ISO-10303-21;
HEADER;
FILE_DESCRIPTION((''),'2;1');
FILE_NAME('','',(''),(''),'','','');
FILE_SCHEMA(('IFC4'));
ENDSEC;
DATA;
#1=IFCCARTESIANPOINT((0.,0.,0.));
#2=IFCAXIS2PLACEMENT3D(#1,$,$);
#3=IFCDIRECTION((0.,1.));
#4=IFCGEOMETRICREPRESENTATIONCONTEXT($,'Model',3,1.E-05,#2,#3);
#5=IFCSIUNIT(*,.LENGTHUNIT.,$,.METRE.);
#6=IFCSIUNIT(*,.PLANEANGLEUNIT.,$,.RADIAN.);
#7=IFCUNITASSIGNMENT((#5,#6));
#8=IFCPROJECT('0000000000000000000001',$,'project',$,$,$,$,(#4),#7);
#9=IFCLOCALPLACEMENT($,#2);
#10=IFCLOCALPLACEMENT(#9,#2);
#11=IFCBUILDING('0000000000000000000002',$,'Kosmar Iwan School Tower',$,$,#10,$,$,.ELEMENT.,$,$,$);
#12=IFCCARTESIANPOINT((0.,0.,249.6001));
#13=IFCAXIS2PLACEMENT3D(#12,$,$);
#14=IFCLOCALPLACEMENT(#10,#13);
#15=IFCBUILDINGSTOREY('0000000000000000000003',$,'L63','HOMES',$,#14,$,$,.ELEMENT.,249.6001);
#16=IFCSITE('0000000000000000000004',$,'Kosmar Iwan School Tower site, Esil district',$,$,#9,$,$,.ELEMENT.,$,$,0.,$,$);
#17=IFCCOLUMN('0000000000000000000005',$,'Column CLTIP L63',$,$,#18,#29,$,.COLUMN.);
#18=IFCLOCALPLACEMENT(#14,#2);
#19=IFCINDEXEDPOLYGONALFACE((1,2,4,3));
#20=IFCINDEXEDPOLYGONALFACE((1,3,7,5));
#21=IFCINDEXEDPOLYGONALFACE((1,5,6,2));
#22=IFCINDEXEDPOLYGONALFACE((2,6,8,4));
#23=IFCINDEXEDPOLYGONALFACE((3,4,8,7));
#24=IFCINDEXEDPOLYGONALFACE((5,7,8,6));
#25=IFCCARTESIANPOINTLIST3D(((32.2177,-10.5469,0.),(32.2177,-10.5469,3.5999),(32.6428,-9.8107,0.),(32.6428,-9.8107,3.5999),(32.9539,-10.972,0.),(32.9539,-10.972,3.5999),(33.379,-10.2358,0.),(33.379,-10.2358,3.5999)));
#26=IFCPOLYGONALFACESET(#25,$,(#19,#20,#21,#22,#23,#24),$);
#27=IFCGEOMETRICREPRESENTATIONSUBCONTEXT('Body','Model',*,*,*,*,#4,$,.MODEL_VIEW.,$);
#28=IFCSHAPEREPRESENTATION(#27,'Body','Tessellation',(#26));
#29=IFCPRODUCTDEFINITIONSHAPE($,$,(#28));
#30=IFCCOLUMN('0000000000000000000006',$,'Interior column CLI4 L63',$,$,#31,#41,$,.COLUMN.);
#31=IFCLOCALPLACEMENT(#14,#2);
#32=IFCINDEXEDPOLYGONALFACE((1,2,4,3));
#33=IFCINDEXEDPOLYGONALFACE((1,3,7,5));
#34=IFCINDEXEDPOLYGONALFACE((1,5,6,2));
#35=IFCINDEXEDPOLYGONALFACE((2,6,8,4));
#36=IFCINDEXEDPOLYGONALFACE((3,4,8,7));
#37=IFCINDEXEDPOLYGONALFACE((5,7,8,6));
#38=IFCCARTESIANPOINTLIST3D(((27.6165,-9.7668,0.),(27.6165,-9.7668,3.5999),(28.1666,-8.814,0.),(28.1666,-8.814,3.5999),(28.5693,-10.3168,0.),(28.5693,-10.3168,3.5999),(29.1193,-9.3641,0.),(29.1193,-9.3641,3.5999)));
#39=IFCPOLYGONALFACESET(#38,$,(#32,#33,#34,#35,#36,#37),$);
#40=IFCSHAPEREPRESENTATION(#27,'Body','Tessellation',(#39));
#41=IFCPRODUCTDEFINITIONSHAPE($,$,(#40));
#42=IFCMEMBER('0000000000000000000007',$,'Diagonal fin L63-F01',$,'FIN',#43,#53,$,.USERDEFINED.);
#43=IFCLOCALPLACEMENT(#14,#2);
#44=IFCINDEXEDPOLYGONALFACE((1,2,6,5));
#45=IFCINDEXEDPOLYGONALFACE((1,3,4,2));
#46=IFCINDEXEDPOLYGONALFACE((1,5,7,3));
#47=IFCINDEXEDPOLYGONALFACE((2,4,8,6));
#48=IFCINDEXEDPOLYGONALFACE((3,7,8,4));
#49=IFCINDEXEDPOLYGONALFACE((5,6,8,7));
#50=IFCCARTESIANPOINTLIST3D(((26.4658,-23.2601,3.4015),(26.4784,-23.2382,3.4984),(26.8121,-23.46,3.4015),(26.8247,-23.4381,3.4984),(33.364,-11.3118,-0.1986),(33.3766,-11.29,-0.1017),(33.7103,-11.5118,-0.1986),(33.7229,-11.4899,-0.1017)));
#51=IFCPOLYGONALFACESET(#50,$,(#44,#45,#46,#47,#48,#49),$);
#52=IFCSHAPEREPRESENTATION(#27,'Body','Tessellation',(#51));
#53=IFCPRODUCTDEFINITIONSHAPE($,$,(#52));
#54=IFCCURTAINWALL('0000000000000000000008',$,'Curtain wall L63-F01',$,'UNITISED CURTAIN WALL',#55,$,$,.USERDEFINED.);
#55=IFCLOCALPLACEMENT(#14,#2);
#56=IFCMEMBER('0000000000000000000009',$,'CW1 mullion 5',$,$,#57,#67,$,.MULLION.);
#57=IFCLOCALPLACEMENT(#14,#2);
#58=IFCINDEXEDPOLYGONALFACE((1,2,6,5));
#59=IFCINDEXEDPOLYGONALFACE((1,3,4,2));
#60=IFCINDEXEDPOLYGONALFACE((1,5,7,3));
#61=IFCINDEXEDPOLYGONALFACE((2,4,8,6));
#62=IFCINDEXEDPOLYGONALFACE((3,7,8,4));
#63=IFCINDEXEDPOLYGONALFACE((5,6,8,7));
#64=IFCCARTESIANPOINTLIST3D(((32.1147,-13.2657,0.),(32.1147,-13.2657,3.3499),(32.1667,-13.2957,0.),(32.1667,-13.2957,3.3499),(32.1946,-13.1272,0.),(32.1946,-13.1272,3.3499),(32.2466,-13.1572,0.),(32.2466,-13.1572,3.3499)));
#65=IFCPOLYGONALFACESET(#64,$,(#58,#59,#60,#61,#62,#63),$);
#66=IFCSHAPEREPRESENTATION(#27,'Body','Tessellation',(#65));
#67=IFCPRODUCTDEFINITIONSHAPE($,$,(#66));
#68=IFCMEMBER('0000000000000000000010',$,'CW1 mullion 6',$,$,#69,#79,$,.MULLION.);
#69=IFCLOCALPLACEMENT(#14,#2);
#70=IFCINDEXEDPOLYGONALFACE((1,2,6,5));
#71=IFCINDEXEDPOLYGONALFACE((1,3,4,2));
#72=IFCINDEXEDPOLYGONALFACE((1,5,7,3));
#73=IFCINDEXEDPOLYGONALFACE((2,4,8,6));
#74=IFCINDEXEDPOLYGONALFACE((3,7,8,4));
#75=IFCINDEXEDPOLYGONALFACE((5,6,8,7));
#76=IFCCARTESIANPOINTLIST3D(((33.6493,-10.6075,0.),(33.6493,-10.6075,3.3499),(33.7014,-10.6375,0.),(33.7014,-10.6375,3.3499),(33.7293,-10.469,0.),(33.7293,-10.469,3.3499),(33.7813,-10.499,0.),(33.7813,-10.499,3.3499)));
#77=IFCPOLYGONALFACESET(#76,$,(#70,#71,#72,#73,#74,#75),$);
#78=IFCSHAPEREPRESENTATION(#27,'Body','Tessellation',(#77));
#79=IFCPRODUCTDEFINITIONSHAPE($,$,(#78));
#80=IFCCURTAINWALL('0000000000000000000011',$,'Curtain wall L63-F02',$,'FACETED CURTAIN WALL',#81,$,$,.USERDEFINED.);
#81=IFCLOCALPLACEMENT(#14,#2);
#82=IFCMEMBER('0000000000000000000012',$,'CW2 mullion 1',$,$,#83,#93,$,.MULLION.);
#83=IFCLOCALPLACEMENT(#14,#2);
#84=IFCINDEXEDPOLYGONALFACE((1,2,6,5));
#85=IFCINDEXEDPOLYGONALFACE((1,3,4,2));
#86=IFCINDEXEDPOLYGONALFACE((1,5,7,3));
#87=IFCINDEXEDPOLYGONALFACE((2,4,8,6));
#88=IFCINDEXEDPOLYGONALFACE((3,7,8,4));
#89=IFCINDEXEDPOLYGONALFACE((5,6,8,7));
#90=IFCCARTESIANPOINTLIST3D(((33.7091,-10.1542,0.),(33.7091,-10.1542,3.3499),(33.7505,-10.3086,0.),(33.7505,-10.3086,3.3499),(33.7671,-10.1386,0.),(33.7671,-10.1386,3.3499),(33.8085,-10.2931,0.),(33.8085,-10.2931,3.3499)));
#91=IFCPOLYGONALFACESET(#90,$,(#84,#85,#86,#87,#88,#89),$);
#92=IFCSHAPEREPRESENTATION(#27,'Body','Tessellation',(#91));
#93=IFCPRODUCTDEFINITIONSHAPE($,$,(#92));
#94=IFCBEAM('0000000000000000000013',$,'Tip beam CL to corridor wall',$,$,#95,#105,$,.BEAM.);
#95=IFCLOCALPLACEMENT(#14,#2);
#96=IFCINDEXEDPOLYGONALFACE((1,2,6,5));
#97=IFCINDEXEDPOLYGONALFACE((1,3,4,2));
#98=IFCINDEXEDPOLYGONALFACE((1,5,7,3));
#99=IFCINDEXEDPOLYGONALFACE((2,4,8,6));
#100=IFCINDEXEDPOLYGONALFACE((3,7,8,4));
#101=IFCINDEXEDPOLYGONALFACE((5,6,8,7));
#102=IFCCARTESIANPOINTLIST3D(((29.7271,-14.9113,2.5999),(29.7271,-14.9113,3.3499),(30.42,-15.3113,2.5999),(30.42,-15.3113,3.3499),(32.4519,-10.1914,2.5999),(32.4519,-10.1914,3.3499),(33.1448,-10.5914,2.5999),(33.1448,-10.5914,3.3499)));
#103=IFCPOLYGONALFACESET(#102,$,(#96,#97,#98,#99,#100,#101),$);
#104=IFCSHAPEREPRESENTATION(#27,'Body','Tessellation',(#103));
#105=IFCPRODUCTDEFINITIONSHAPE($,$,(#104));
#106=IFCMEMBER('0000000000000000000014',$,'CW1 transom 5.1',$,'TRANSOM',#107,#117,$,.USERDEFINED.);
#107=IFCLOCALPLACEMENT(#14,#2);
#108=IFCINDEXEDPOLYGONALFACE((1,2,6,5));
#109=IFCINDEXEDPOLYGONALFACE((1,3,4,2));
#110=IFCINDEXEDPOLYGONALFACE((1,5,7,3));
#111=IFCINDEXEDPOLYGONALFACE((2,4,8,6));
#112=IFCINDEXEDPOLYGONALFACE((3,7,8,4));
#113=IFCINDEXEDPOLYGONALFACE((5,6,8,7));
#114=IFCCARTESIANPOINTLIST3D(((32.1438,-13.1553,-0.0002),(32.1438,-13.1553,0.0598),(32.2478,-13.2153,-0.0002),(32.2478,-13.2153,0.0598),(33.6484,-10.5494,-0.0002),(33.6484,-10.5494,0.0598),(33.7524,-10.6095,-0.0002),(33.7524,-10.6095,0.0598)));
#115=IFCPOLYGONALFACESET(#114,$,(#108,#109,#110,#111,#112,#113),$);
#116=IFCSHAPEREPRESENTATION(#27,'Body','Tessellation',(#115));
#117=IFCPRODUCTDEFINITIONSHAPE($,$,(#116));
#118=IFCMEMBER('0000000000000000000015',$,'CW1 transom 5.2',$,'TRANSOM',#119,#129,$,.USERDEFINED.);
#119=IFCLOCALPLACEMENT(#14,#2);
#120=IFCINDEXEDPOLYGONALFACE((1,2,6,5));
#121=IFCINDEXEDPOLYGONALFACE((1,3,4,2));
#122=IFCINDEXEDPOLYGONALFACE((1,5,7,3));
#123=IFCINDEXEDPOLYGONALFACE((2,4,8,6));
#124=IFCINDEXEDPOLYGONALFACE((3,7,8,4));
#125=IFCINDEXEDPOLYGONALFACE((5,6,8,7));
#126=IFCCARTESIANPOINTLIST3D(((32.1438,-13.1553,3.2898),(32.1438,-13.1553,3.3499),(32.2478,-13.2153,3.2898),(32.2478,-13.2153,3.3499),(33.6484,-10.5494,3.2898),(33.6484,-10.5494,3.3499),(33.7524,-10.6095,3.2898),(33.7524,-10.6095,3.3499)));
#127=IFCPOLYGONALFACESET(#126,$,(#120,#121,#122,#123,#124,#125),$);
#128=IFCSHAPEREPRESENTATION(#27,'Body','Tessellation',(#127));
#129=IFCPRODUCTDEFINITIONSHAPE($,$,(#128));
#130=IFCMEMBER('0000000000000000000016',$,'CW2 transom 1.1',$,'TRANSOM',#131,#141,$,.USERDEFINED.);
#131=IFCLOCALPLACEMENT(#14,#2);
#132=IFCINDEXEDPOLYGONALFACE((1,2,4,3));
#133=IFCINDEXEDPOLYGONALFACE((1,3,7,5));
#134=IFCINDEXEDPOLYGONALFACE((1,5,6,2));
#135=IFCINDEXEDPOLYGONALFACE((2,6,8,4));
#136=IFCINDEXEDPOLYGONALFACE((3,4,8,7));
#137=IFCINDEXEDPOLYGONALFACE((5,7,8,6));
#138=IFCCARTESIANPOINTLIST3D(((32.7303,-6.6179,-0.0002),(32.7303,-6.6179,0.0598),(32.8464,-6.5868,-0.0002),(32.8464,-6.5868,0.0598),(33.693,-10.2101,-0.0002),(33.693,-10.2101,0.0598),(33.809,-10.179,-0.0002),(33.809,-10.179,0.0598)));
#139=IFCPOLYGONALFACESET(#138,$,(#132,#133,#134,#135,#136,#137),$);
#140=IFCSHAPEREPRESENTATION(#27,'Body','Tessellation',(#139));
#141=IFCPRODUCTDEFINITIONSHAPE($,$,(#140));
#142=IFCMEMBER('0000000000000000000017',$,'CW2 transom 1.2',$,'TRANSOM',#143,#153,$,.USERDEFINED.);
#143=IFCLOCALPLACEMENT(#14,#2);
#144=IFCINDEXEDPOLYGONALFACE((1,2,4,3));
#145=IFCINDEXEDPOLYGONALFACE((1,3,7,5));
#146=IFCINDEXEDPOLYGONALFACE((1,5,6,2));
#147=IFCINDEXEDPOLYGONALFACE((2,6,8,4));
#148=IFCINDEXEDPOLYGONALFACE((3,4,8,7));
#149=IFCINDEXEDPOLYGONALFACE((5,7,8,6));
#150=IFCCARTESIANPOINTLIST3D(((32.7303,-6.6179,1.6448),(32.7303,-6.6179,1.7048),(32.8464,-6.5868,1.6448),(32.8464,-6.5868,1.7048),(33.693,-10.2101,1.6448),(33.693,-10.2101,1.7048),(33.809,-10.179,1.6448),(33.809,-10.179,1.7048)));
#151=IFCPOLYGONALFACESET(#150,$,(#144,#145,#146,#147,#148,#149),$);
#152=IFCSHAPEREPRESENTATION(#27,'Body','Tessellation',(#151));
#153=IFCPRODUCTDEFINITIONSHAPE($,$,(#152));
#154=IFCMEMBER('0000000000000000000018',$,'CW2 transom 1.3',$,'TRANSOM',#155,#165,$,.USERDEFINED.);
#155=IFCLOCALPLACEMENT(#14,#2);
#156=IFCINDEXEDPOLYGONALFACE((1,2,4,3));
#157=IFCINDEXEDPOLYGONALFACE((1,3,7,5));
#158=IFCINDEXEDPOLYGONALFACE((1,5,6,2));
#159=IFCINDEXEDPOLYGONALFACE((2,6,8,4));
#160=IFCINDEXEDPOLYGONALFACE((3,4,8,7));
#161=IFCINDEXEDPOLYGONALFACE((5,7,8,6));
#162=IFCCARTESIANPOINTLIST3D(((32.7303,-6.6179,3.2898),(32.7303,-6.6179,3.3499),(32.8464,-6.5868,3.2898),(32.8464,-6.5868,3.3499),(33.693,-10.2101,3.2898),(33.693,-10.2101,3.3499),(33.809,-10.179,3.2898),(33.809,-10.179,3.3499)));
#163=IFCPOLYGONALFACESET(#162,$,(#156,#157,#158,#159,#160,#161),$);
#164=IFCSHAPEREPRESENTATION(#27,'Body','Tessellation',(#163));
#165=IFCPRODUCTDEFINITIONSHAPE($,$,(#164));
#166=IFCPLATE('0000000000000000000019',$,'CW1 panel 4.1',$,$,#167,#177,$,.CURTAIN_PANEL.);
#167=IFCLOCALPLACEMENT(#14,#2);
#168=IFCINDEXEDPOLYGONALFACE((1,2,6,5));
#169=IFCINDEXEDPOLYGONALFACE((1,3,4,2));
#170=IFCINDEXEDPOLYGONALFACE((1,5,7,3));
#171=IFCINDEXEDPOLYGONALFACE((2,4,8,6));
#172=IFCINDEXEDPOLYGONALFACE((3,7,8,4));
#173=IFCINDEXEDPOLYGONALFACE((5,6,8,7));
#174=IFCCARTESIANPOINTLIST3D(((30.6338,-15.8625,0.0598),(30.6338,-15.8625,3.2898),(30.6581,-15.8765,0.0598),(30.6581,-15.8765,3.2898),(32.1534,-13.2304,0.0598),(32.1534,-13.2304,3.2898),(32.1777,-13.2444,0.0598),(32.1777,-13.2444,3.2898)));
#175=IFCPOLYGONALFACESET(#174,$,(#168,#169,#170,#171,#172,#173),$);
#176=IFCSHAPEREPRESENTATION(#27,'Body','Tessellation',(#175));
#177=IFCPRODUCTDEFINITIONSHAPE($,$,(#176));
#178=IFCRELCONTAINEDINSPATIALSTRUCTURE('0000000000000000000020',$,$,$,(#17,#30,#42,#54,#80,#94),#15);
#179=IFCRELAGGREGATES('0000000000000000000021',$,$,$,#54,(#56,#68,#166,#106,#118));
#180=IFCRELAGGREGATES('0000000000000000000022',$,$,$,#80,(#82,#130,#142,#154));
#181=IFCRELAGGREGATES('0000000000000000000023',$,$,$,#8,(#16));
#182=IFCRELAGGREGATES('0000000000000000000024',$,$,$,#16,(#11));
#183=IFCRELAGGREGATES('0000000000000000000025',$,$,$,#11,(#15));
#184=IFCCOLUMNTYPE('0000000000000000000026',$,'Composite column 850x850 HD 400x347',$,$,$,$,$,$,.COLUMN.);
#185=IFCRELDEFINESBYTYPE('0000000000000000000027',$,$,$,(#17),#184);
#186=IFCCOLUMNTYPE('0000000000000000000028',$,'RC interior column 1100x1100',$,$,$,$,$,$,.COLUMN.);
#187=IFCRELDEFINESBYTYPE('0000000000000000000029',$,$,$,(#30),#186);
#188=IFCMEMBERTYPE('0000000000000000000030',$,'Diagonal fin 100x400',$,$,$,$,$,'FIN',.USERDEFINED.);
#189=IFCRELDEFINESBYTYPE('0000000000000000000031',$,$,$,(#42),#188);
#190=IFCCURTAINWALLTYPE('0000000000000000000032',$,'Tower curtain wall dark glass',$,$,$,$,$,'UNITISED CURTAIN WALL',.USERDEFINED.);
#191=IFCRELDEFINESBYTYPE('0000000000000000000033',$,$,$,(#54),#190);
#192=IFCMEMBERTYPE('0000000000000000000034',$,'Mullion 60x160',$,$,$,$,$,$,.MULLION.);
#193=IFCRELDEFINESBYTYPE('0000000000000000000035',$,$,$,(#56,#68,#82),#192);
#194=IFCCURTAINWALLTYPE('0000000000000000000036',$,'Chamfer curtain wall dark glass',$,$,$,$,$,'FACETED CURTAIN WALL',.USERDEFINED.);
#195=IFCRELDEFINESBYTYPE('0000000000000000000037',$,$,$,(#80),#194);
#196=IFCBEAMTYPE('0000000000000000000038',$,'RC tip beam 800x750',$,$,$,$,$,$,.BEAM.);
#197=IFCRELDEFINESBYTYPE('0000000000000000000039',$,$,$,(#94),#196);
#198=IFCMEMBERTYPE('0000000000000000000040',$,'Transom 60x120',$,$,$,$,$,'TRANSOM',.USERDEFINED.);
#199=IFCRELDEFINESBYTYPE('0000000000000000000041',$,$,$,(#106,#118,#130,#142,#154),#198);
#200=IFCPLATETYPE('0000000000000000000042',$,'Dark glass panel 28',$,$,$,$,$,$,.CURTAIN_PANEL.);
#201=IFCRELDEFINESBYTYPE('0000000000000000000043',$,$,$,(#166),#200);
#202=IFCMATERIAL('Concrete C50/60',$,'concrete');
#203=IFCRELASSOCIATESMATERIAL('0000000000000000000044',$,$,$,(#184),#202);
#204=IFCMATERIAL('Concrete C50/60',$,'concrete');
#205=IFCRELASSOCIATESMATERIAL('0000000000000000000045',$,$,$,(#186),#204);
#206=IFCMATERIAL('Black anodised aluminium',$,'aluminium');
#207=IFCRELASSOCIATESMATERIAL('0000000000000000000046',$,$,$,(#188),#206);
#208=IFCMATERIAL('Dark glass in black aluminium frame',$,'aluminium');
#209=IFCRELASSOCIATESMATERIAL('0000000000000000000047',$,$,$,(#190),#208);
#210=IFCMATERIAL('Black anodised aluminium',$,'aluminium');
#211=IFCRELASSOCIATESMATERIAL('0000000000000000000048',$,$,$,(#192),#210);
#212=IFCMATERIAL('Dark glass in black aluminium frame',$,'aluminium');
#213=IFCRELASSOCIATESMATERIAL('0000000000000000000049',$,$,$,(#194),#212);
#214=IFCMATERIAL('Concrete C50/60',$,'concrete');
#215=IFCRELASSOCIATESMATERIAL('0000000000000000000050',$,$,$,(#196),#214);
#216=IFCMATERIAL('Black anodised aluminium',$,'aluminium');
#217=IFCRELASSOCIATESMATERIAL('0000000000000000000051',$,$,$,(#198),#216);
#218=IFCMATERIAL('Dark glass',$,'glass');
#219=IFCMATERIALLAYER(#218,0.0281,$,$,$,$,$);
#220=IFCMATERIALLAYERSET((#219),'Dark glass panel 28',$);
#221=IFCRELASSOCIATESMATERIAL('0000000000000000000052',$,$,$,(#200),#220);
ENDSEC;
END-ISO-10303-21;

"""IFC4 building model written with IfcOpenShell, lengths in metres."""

from ifc_helpers import new_model, si_unit, direction, frame, origin, origin_2d, place, context, subcontext, project, spatial, rectangle, extrude, material, layer, layer_set, material_profile, profile_set, type_object, element, aggregate, save


model = new_model("IFC4")

# Units and contexts
model_context = context("Model", 3, precision=1e-05, world=origin(), true_north=direction((0.0, 1.0)))
body_context = subcontext(model_context, "Body", "Model", "MODEL_VIEW")
ifc_project = project(units=[si_unit("LENGTHUNIT", "METRE"), si_unit("PLANEANGLEUNIT", "RADIAN")], contexts=[model_context])

# Site, building, storey
site_placement = place(None, origin())
site = spatial("IfcSite", under=ifc_project, at=site_placement, Name="Kosmar Iwan School Tower site, Esil district", CompositionType="ELEMENT", RefElevation=0.0)
building_placement = place(site_placement, origin())
building = spatial("IfcBuilding", under=site, at=building_placement, Name="Kosmar Iwan School Tower", CompositionType="ELEMENT")
storey_placement = place(building_placement, frame((0.0, 0.0, 249.6001)))
storey = spatial("IfcBuildingStorey", under=building, at=storey_placement, Name="L63", Description="HOMES", CompositionType="ELEMENT", Elevation=249.6001)

# Columns
ifc_material_1 = material(Name="Concrete C50/60", Category="concrete")
ifc_material_profile_1 = material_profile(ifc_material_1, rectangle(XDim=0.8501, YDim=0.8501, at=origin_2d()), Name="RC 850x850 + HD 400x347")
ifc_profile_set_1 = profile_set([ifc_material_profile_1], Name="Concrete C50/60")
column_type_1 = type_object("IfcColumnType", Name="Composite column 850x850 HD 400x347", PredefinedType="COLUMN", material=ifc_profile_set_1)
column_1_placement = place(storey_placement, frame((32.7983, -10.3914, 0.0), z_axis=(0.0, 0.0, 1.0), x_axis=(0.866025, -0.5, 0.0)))
element("IfcColumn", 1, at=column_1_placement, inside=storey, type_object=column_type_1, Name="Column CLTIP L63", PredefinedType="COLUMN", context=body_context, shape_type="SweptSolid", body=[
    extrude(rectangle(XDim=0.8501, YDim=0.8501, at=origin_2d()), origin(), (0.0, 0.0, 1.0), 3.5999),
])
ifc_material_2 = material(Name="Concrete C50/60", Category="concrete")
ifc_material_profile_2 = material_profile(ifc_material_2, rectangle(XDim=1.1001, YDim=1.1001, at=origin_2d()), Name="RC 1100x1100")
ifc_profile_set_2 = profile_set([ifc_material_profile_2], Name="Concrete C50/60")
column_type_2 = type_object("IfcColumnType", Name="RC interior column 1100x1100", PredefinedType="COLUMN", material=ifc_profile_set_2)
column_2_placement = place(storey_placement, frame((28.3679, -9.5654, 0.0), z_axis=(0.0, 0.0, 1.0), x_axis=(0.866025, -0.5, 0.0)))
element("IfcColumn", 2, at=column_2_placement, inside=storey, type_object=column_type_2, Name="Interior column CLI4 L63", PredefinedType="COLUMN", context=body_context, shape_type="SweptSolid", body=[
    extrude(rectangle(XDim=1.1001, YDim=1.1001, at=origin_2d()), origin(), (0.0, 0.0, 1.0), 3.5999),
])

# Member
ifc_material_3 = material(Name="Black anodised aluminium", Category="aluminium")
ifc_material_profile_3 = material_profile(ifc_material_3, rectangle(XDim=0.1001, YDim=0.3999, at=origin_2d()), Name="FIN 100x400")
ifc_profile_set_3 = profile_set([ifc_material_profile_3], Name="Black anodised aluminium")
member_type_1 = type_object("IfcMemberType", Name="Diagonal fin 100x400", ElementType="FIN", PredefinedType="USERDEFINED", material=ifc_profile_set_3)
member_1_placement = place(storey_placement, frame((33.5435, -11.4009, -0.1501), z_axis=(-0.483793, -0.83797, 0.252487), x_axis=(0.126242, 0.218661, 0.9676)))
element("IfcMember", 3, at=member_1_placement, inside=storey, type_object=member_type_1, Name="Diagonal fin L63-F01", ObjectType="FIN", PredefinedType="USERDEFINED", context=body_context, shape_type="SweptSolid", body=[
    extrude(rectangle(XDim=0.1001, YDim=0.3999, at=origin_2d()), origin(), (0.0, 0.0, 1.0), 14.2585),
])

# Curtain wall, members
ifc_material_4 = material(Name="Dark glass in black aluminium frame", Category="aluminium")
curtain_wall_type_1 = type_object("IfcCurtainWallType", Name="Tower curtain wall dark glass", ElementType="UNITISED CURTAIN WALL", PredefinedType="USERDEFINED", material=ifc_material_4)
curtain_wall_1_placement = place(storey_placement, origin())
curtain_wall_1 = element("IfcCurtainWall", 4, at=curtain_wall_1_placement, inside=storey, type_object=curtain_wall_type_1, Name="Curtain wall L63-F01", ObjectType="UNITISED CURTAIN WALL", PredefinedType="USERDEFINED")
ifc_material_5 = material(Name="Black anodised aluminium", Category="aluminium")
ifc_material_profile_4 = material_profile(ifc_material_5, rectangle(XDim=0.0601, YDim=0.1599, at=origin_2d()), Name="MULLION 60x160")
ifc_profile_set_4 = profile_set([ifc_material_profile_4], Name="Black anodised aluminium")
member_type_2 = type_object("IfcMemberType", Name="Mullion 60x160", PredefinedType="MULLION", material=ifc_profile_set_4)
member_2_placement = place(storey_placement, frame((32.1807, -13.2114, 0.0), z_axis=(0.0, 0.0, 1.0), x_axis=(-0.866025, 0.5, 0.0)))
member_2 = element("IfcMember", 5, at=member_2_placement, type_object=member_type_2, Name="CW1 mullion 5", PredefinedType="MULLION", context=body_context, shape_type="SweptSolid", body=[
    extrude(rectangle(XDim=0.0601, YDim=0.1599, at=origin_2d()), origin(), (0.0, 0.0, 1.0), 3.3499),
])
member_3_placement = place(storey_placement, frame((33.7153, -10.5532, 0.0), z_axis=(0.0, 0.0, 1.0), x_axis=(-0.866025, 0.5, 0.0)))
member_3 = element("IfcMember", 6, at=member_3_placement, type_object=member_type_2, Name="CW1 mullion 6", PredefinedType="MULLION", context=body_context, shape_type="SweptSolid", body=[
    extrude(rectangle(XDim=0.0601, YDim=0.1599, at=origin_2d()), origin(), (0.0, 0.0, 1.0), 3.3499),
])

# Curtain wall, member
ifc_material_6 = material(Name="Dark glass in black aluminium frame", Category="aluminium")
curtain_wall_type_2 = type_object("IfcCurtainWallType", Name="Chamfer curtain wall dark glass", ElementType="FACETED CURTAIN WALL", PredefinedType="USERDEFINED", material=ifc_material_6)
curtain_wall_2_placement = place(storey_placement, origin())
curtain_wall_2 = element("IfcCurtainWall", 7, at=curtain_wall_2_placement, inside=storey, type_object=curtain_wall_type_2, Name="Curtain wall L63-F02", ObjectType="FACETED CURTAIN WALL", PredefinedType="USERDEFINED")
member_4_placement = place(storey_placement, frame((33.7588, -10.2236, 0.0), z_axis=(0.0, 0.0, 1.0), x_axis=(-0.965926, -0.258819, 0.0)))
member_4 = element("IfcMember", 8, at=member_4_placement, type_object=member_type_2, Name="CW2 mullion 1", PredefinedType="MULLION", context=body_context, shape_type="SweptSolid", body=[
    extrude(rectangle(XDim=0.0601, YDim=0.1599, at=origin_2d()), origin(), (0.0, 0.0, 1.0), 3.3499),
])

# Beam
ifc_material_7 = material(Name="Concrete C50/60", Category="concrete")
ifc_material_profile_5 = material_profile(ifc_material_7, rectangle(XDim=0.8, YDim=0.75, at=origin_2d()), Name="RC 800x750")
ifc_profile_set_5 = profile_set([ifc_material_profile_5], Name="Concrete C50/60")
beam_type = type_object("IfcBeamType", Name="RC tip beam 800x750", PredefinedType="BEAM", material=ifc_profile_set_5)
beam_placement = place(storey_placement, frame((32.7983, -10.3914, 2.9749), z_axis=(-0.499969, -0.866043, 0.0), x_axis=(0.866043, -0.499969, 0.0)))
element("IfcBeam", 9, at=beam_placement, inside=storey, type_object=beam_type, Name="Tip beam CL to corridor wall", PredefinedType="BEAM", context=body_context, shape_type="SweptSolid", body=[
    extrude(rectangle(XDim=0.8, YDim=0.75, at=origin_2d()), origin(), (0.0, 0.0, 1.0), 5.45),
])

# Members
ifc_material_8 = material(Name="Black anodised aluminium", Category="aluminium")
ifc_material_profile_6 = material_profile(ifc_material_8, rectangle(XDim=0.1201, YDim=0.0601, at=origin_2d()), Name="TRANSOM 60x120")
ifc_profile_set_6 = profile_set([ifc_material_profile_6], Name="Black anodised aluminium")
member_type_3 = type_object("IfcMemberType", Name="Transom 60x120", ElementType="TRANSOM", PredefinedType="USERDEFINED", material=ifc_profile_set_6)
member_5_placement = place(storey_placement, frame((32.1958, -13.1853, 0.0298), z_axis=(0.500022, 0.866013, 0.0), x_axis=(-0.866013, 0.500022, 0.0)))
member_5 = element("IfcMember", 10, at=member_5_placement, type_object=member_type_3, Name="CW1 transom 5.1", ObjectType="TRANSOM", PredefinedType="USERDEFINED", context=body_context, shape_type="SweptSolid", body=[
    extrude(rectangle(XDim=0.1201, YDim=0.0601, at=origin_2d()), origin(), (0.0, 0.0, 1.0), 3.009),
])
member_6_placement = place(storey_placement, frame((32.1958, -13.1853, 3.3198), z_axis=(0.500022, 0.866013, 0.0), x_axis=(-0.866013, 0.500022, 0.0)))
member_6 = element("IfcMember", 11, at=member_6_placement, type_object=member_type_3, Name="CW1 transom 5.2", ObjectType="TRANSOM", PredefinedType="USERDEFINED", context=body_context, shape_type="SweptSolid", body=[
    extrude(rectangle(XDim=0.1201, YDim=0.0601, at=origin_2d()), origin(), (0.0, 0.0, 1.0), 3.009),
])
member_7_placement = place(storey_placement, frame((33.751, -10.1946, 0.0298), z_axis=(-0.258843, 0.965919, 0.0), x_axis=(-0.965919, -0.258843, 0.0)))
member_7 = element("IfcMember", 12, at=member_7_placement, type_object=member_type_3, Name="CW2 transom 1.1", ObjectType="TRANSOM", PredefinedType="USERDEFINED", context=body_context, shape_type="SweptSolid", body=[
    extrude(rectangle(XDim=0.1201, YDim=0.0601, at=origin_2d()), origin(), (0.0, 0.0, 1.0), 3.719),
])
member_8_placement = place(storey_placement, frame((33.751, -10.1946, 1.6748), z_axis=(-0.258843, 0.965919, 0.0), x_axis=(-0.965919, -0.258843, 0.0)))
member_8 = element("IfcMember", 13, at=member_8_placement, type_object=member_type_3, Name="CW2 transom 1.2", ObjectType="TRANSOM", PredefinedType="USERDEFINED", context=body_context, shape_type="SweptSolid", body=[
    extrude(rectangle(XDim=0.1201, YDim=0.0601, at=origin_2d()), origin(), (0.0, 0.0, 1.0), 3.719),
])
member_9_placement = place(storey_placement, frame((33.751, -10.1946, 3.3198), z_axis=(-0.258843, 0.965919, 0.0), x_axis=(-0.965919, -0.258843, 0.0)))
member_9 = element("IfcMember", 14, at=member_9_placement, type_object=member_type_3, Name="CW2 transom 1.3", ObjectType="TRANSOM", PredefinedType="USERDEFINED", context=body_context, shape_type="SweptSolid", body=[
    extrude(rectangle(XDim=0.1201, YDim=0.0601, at=origin_2d()), origin(), (0.0, 0.0, 1.0), 3.719),
])

# Plate
ifc_material_9 = material(Name="Dark glass", Category="glass")
ifc_layer_1 = layer(ifc_material_9, 0.0281)
ifc_layer_set_1 = layer_set([ifc_layer_1], Name="Dark glass panel 28")
plate_type = type_object("IfcPlateType", Name="Dark glass panel 28", PredefinedType="CURTAIN_PANEL", material=ifc_layer_set_1)
plate_1_placement = place(storey_placement, frame((31.4058, -14.5535, 0.0598), z_axis=(0.0, 0.0, 1.0), x_axis=(0.5, 0.866025, 0.0)))
plate_1 = element("IfcPlate", 15, at=plate_1_placement, type_object=plate_type, Name="CW1 panel 4.1", PredefinedType="CURTAIN_PANEL", context=body_context, shape_type="SweptSolid", body=[
    extrude(rectangle(XDim=3.0393, YDim=0.0281, at=origin_2d()), origin(), (0.0, 0.0, 1.0), 3.23),
])
aggregate(curtain_wall_1, [member_2, member_3, plate_1, member_5, member_6])
aggregate(curtain_wall_2, [member_4, member_7, member_8, member_9])

save(model, "model.ifc")
